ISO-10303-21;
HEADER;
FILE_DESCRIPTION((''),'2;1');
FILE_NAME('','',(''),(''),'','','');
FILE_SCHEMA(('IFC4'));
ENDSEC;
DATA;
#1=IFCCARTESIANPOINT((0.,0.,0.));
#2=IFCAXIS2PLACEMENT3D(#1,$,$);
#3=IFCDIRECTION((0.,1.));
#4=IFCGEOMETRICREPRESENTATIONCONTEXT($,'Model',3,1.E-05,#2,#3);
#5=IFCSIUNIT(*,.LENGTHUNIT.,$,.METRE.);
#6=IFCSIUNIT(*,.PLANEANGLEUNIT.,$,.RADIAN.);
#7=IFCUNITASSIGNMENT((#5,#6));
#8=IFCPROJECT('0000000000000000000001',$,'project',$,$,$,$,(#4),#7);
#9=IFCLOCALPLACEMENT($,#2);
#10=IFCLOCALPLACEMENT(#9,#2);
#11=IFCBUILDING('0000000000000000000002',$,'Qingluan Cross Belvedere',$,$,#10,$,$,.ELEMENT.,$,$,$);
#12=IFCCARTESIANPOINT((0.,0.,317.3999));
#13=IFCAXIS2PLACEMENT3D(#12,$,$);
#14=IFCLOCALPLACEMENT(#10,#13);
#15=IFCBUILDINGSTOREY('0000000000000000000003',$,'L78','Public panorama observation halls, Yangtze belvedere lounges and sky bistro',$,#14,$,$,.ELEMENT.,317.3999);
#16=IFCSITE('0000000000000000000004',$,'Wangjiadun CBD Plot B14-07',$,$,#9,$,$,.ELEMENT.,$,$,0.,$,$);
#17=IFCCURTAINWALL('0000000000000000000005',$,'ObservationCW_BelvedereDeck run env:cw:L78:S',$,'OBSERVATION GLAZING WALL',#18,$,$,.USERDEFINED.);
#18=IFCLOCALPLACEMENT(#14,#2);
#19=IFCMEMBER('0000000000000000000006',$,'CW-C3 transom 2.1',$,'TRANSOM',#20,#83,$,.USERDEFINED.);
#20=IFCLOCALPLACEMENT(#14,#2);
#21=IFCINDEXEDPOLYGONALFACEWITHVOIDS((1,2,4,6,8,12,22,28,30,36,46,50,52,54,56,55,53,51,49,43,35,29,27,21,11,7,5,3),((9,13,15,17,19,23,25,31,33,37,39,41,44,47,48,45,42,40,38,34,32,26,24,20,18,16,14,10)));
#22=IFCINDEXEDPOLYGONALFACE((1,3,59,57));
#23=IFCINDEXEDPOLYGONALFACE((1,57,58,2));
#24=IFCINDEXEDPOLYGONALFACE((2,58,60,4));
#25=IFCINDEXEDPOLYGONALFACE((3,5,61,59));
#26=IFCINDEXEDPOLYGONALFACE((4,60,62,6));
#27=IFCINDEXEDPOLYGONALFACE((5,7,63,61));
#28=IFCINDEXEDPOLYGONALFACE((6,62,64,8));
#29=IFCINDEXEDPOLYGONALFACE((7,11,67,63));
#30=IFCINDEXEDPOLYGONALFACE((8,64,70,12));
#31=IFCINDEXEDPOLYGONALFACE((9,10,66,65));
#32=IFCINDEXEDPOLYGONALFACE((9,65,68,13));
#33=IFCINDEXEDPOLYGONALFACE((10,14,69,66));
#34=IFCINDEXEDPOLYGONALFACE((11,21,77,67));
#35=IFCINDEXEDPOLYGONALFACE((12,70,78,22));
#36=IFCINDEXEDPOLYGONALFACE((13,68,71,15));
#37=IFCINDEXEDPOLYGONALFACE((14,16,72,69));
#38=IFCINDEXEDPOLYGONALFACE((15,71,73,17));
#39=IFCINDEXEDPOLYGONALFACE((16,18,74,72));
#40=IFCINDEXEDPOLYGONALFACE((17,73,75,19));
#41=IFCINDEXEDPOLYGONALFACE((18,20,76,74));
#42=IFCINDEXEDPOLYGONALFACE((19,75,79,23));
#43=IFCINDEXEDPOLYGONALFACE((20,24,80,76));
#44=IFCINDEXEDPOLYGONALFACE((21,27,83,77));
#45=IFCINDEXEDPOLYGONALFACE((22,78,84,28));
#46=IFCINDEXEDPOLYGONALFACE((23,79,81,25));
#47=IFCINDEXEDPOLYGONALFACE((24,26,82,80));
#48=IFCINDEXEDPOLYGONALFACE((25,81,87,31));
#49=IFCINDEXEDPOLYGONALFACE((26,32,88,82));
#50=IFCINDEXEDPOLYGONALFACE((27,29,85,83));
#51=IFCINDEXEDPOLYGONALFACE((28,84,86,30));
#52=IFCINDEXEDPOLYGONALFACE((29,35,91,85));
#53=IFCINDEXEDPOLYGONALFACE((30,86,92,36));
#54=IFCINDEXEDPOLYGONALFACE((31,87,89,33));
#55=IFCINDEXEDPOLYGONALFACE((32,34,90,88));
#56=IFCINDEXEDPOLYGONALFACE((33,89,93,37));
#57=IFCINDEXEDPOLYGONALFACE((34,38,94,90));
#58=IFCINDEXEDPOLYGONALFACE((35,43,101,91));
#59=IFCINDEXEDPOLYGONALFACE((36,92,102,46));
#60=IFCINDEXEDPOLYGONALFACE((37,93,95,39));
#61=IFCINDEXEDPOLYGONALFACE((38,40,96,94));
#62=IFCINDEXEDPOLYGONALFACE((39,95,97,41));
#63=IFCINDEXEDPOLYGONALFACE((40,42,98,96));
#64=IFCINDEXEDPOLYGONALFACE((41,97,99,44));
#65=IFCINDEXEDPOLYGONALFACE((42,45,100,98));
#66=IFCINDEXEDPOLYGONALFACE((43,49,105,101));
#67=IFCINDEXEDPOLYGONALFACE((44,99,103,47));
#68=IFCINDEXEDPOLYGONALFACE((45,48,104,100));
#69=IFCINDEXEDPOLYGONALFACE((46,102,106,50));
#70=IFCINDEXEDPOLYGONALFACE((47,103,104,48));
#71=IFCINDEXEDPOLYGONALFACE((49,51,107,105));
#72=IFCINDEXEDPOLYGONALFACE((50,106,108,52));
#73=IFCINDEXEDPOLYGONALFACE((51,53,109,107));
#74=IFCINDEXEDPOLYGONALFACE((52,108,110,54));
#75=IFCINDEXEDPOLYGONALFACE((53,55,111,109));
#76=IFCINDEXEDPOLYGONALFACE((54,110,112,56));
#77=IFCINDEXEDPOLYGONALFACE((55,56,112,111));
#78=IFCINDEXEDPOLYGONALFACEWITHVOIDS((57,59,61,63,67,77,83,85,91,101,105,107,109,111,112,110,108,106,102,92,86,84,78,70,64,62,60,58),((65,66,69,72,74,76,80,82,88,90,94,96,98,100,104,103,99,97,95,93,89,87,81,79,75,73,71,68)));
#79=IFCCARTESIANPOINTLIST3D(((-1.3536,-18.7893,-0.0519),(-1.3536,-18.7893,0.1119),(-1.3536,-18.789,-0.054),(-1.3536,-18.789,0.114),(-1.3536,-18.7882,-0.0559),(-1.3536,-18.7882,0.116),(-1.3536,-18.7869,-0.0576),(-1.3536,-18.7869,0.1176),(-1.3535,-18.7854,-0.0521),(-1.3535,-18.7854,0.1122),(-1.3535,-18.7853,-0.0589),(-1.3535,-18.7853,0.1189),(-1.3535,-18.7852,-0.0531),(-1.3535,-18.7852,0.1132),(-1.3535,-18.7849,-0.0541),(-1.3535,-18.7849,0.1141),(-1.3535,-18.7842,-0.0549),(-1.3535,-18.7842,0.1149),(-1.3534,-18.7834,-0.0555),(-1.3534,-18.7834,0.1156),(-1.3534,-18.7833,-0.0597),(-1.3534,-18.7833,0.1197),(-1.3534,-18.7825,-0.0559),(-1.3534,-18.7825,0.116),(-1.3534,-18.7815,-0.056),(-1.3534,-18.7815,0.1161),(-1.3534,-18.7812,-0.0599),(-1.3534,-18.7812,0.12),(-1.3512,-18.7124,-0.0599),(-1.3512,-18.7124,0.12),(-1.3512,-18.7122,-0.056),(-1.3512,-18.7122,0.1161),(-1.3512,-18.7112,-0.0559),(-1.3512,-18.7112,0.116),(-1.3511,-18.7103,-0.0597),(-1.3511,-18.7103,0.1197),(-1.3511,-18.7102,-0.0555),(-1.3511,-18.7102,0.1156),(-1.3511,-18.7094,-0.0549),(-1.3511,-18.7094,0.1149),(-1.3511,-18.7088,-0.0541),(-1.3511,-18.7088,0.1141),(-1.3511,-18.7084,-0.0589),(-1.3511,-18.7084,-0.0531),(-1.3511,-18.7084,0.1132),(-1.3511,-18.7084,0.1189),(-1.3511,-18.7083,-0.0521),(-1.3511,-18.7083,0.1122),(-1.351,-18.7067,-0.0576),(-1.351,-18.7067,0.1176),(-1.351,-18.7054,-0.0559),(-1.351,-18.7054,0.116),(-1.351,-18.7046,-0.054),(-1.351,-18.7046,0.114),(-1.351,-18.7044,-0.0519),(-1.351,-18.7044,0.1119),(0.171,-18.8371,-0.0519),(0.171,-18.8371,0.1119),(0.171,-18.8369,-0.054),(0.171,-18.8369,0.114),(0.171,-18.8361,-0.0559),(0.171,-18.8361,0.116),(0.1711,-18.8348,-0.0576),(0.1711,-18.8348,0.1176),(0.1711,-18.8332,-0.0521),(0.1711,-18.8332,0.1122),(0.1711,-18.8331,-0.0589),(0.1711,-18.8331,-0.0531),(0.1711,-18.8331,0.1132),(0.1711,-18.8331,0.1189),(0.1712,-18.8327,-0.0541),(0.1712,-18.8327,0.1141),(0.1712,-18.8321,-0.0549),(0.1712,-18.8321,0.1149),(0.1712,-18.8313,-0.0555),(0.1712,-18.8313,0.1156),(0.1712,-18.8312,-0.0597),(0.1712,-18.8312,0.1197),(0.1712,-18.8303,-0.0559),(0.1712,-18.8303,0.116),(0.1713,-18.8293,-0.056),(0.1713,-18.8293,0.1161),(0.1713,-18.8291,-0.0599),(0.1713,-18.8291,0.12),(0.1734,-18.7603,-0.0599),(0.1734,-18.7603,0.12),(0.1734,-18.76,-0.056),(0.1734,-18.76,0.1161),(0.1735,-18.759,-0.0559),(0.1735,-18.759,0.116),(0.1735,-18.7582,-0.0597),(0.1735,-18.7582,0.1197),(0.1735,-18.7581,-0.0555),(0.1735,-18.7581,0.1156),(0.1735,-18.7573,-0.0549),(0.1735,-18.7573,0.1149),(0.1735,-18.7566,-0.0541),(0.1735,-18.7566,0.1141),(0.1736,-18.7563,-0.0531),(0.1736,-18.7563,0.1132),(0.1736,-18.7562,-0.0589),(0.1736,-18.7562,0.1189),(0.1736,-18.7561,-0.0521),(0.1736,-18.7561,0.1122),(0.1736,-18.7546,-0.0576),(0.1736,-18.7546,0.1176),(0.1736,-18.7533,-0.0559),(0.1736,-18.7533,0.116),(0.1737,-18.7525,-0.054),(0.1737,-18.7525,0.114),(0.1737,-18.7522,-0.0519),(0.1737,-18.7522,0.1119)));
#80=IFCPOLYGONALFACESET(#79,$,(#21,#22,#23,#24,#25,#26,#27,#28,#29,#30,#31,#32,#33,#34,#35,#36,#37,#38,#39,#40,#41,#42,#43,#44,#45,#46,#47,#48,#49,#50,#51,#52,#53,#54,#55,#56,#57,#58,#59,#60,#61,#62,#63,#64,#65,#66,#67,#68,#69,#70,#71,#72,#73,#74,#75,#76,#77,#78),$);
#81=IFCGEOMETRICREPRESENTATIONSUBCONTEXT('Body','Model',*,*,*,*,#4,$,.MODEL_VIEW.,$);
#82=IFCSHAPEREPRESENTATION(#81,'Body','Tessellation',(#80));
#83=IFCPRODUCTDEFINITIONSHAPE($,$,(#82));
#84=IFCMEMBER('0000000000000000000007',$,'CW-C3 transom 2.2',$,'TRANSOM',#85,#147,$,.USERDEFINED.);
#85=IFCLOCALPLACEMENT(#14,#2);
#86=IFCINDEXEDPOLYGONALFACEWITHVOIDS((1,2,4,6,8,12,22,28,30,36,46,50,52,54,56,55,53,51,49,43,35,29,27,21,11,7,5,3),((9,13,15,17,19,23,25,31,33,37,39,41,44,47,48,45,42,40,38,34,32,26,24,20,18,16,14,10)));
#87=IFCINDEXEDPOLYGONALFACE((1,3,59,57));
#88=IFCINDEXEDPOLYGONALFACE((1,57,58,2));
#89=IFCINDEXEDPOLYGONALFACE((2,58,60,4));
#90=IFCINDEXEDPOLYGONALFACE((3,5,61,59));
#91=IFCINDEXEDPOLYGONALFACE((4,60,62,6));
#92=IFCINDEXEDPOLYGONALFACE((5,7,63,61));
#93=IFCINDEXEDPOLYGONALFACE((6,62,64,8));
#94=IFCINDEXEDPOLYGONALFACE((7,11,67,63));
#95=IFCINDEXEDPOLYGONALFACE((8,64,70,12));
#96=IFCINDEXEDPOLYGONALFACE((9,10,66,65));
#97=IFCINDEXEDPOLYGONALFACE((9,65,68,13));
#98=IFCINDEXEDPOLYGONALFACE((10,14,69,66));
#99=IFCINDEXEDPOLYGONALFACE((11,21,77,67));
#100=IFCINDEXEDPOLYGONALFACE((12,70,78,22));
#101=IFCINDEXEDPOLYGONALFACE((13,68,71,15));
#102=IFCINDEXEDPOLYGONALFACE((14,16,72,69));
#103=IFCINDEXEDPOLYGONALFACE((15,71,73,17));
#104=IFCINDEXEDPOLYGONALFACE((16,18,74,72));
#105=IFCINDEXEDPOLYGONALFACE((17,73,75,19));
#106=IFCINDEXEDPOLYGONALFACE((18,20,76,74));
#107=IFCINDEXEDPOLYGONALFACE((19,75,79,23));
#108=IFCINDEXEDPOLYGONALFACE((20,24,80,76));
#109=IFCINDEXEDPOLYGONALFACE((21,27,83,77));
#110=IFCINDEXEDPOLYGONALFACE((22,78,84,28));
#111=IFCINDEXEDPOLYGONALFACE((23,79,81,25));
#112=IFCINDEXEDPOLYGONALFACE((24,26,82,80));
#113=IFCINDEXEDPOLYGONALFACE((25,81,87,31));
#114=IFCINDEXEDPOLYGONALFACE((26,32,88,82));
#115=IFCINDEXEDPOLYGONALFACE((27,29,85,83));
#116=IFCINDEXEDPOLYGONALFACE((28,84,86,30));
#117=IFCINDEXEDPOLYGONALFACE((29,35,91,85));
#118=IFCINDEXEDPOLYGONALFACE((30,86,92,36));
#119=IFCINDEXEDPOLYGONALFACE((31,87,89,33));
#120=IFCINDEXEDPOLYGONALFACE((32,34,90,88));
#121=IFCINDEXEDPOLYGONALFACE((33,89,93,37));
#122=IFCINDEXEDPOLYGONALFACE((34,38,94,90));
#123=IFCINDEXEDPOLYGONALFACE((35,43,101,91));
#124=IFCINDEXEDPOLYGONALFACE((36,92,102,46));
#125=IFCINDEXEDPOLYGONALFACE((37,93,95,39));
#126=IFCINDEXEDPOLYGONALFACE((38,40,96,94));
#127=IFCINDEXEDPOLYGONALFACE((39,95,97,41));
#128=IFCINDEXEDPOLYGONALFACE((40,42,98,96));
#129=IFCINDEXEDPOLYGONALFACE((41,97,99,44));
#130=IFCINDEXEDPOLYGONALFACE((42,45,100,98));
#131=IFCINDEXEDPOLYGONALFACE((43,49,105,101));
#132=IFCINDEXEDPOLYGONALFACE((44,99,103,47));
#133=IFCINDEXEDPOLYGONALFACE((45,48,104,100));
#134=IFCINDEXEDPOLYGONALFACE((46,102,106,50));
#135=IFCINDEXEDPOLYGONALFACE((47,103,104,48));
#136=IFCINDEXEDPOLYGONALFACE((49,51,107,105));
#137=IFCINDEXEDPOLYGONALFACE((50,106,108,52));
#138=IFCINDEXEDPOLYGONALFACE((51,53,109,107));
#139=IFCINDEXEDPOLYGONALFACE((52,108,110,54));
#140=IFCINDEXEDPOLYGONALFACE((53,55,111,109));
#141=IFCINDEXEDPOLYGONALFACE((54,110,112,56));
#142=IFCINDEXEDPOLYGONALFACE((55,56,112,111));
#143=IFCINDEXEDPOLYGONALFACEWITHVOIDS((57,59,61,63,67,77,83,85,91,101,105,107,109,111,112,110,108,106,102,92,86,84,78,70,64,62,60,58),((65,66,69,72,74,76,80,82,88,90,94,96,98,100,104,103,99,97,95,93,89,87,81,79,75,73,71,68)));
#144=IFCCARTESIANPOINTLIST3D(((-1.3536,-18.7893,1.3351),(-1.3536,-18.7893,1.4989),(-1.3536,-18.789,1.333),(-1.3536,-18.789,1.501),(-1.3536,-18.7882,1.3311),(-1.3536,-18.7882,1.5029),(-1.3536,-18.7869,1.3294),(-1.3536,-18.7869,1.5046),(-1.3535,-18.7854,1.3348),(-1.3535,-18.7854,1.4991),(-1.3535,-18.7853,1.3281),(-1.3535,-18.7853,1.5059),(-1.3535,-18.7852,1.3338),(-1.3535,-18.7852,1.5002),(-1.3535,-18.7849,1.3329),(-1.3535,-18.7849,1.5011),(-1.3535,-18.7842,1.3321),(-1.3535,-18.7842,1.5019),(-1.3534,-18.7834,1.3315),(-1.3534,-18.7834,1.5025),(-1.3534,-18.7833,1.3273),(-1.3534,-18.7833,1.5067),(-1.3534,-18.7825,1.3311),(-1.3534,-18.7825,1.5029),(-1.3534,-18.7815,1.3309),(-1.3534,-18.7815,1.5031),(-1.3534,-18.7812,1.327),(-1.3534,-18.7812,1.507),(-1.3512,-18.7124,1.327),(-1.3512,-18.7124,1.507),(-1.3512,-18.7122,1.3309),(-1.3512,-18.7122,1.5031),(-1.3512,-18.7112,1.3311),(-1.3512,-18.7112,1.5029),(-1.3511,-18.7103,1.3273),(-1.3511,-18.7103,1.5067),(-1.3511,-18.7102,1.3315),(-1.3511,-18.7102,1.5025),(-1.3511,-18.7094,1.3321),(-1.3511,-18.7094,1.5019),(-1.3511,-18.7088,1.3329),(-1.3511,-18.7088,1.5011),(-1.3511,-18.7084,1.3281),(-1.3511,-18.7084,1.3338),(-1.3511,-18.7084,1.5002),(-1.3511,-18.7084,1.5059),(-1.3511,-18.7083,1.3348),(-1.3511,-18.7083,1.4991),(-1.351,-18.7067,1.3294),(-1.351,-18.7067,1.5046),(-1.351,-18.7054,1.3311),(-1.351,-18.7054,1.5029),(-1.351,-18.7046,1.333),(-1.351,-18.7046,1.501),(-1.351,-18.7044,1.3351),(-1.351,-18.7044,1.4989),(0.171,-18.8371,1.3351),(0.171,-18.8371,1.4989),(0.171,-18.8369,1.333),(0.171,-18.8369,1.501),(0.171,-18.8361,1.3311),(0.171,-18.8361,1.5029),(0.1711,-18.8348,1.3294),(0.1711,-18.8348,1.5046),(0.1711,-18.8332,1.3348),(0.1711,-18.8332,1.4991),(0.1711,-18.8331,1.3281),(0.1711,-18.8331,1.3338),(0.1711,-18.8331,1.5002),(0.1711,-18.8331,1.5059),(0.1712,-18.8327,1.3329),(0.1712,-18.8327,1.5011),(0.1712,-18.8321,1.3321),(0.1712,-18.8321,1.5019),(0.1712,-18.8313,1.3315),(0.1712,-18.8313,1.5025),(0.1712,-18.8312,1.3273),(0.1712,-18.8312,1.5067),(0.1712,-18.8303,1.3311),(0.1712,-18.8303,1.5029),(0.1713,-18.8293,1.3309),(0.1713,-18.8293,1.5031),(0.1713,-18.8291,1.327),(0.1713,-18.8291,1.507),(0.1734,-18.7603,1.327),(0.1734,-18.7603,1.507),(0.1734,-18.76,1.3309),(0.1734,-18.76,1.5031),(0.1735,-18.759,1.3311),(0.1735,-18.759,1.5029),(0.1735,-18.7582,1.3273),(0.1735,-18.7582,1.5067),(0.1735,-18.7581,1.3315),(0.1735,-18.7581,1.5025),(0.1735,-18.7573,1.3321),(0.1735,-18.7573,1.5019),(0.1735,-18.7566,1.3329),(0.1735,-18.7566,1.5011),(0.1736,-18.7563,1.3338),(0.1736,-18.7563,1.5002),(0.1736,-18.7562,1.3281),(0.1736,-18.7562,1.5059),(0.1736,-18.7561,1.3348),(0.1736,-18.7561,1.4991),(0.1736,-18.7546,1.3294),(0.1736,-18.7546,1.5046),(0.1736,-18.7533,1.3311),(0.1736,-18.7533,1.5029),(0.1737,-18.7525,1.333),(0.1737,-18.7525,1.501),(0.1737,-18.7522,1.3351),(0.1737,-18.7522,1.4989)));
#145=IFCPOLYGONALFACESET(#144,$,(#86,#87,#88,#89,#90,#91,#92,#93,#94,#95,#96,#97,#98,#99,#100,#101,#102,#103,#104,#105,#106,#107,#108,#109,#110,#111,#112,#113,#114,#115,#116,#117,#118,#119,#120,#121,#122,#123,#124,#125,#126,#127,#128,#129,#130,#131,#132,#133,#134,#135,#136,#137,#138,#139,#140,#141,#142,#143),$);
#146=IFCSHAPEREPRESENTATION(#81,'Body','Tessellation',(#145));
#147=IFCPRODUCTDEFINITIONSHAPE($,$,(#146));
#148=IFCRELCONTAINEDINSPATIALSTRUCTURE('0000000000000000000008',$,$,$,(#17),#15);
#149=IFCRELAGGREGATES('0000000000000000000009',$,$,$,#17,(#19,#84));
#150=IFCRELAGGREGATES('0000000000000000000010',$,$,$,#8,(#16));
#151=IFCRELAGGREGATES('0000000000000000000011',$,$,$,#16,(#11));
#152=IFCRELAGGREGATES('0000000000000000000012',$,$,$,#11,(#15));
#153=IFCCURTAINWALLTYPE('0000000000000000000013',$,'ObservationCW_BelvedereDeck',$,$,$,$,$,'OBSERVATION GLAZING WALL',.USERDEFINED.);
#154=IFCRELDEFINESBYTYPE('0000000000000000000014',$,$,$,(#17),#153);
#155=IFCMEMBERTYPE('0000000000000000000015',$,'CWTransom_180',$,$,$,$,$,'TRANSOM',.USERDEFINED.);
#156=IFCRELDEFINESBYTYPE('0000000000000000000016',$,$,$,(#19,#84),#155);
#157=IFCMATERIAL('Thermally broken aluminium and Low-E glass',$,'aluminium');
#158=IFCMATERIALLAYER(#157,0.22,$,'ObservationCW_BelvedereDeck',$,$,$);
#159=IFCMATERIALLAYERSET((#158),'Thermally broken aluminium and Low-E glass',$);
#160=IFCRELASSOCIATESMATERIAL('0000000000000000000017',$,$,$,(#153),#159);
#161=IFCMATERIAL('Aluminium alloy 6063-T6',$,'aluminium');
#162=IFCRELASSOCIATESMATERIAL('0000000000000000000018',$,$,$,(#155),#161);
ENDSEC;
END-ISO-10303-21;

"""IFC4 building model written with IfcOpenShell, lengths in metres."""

from ifc_helpers import new_model, si_unit, direction, frame, origin, origin_2d, place, context, subcontext, project, spatial, hollow_rectangle, extrude, material, layer, layer_set, material_profile, profile_set, type_object, element, aggregate, save


model = new_model("IFC4")

# Units and contexts
model_context = context("Model", 3, precision=1e-05, world=origin(), true_north=direction((0.0, 1.0)))
body_context = subcontext(model_context, "Body", "Model", "MODEL_VIEW")
ifc_project = project(units=[si_unit("LENGTHUNIT", "METRE"), si_unit("PLANEANGLEUNIT", "RADIAN")], contexts=[model_context])

# Site, building, storey
site_placement = place(None, origin())
site = spatial("IfcSite", under=ifc_project, at=site_placement, Name="Wangjiadun CBD Plot B14-07", CompositionType="ELEMENT", RefElevation=0.0)
building_placement = place(site_placement, origin())
building = spatial("IfcBuilding", under=site, at=building_placement, Name="Qingluan Cross Belvedere", CompositionType="ELEMENT")
storey_placement = place(building_placement, frame((0.0, 0.0, 317.3999)))
storey = spatial("IfcBuildingStorey", under=building, at=storey_placement, Name="L78", Description="Public panorama observation halls, Yangtze belvedere lounges and sky bistro", CompositionType="ELEMENT", Elevation=317.3999)

# Curtain wall, members
ifc_material_1 = material(Name="Thermally broken aluminium and Low-E glass", Category="aluminium")
ifc_layer_1 = layer(ifc_material_1, 0.22, Name="ObservationCW_BelvedereDeck")
ifc_layer_set_1 = layer_set([ifc_layer_1], Name="Thermally broken aluminium and Low-E glass")
curtain_wall_type = type_object("IfcCurtainWallType", Name="ObservationCW_BelvedereDeck", ElementType="OBSERVATION GLAZING WALL", PredefinedType="USERDEFINED", material=ifc_layer_set_1)
curtain_wall_placement = place(storey_placement, origin())
curtain_wall = element("IfcCurtainWall", 1, at=curtain_wall_placement, inside=storey, type_object=curtain_wall_type, Name="ObservationCW_BelvedereDeck run env:cw:L78:S", ObjectType="OBSERVATION GLAZING WALL", PredefinedType="USERDEFINED")
ifc_material_2 = material(Name="Aluminium alloy 6063-T6", Category="aluminium")
ifc_material_profile_1 = material_profile(ifc_material_2, hollow_rectangle(XDim=0.085, YDim=0.1799, WallThickness=0.0039, InnerFilletRadius=0.0039, OuterFilletRadius=0.0081, at=origin_2d()), Name="CWT180x85x4")
ifc_profile_set_1 = profile_set([ifc_material_profile_1], Name="Aluminium alloy 6063-T6")
member_type_1 = type_object("IfcMemberType", Name="CWTransom_180", ElementType="TRANSOM", PredefinedType="USERDEFINED", material=ifc_profile_set_1)
member_1_placement = place(storey_placement, frame((-1.3523, -18.7468, 0.03), z_axis=(0.999508, -0.03137, 0.0), x_axis=(0.03137, 0.999508, 0.0)))
member_1 = element("IfcMember", 2, at=member_1_placement, type_object=member_type_1, Name="CW-C3 transom 2.1", ObjectType="TRANSOM", PredefinedType="USERDEFINED", context=body_context, shape_type="SweptSolid", body=[
    extrude(hollow_rectangle(XDim=0.085, YDim=0.1799, WallThickness=0.0039, InnerFilletRadius=0.0039, OuterFilletRadius=0.0081, at=origin_2d()), origin(), (0.0, 0.0, 1.0), 1.5254),
])
member_2_placement = place(storey_placement, frame((-1.3523, -18.7468, 1.417), z_axis=(0.999508, -0.03137, 0.0), x_axis=(0.03137, 0.999508, 0.0)))
member_2 = element("IfcMember", 3, at=member_2_placement, type_object=member_type_1, Name="CW-C3 transom 2.2", ObjectType="TRANSOM", PredefinedType="USERDEFINED", context=body_context, shape_type="SweptSolid", body=[
    extrude(hollow_rectangle(XDim=0.085, YDim=0.1799, WallThickness=0.0039, InnerFilletRadius=0.0039, OuterFilletRadius=0.0081, at=origin_2d()), origin(), (0.0, 0.0, 1.0), 1.5254),
])
aggregate(curtain_wall, [member_1, member_2])

save(model, "model.ifc")
